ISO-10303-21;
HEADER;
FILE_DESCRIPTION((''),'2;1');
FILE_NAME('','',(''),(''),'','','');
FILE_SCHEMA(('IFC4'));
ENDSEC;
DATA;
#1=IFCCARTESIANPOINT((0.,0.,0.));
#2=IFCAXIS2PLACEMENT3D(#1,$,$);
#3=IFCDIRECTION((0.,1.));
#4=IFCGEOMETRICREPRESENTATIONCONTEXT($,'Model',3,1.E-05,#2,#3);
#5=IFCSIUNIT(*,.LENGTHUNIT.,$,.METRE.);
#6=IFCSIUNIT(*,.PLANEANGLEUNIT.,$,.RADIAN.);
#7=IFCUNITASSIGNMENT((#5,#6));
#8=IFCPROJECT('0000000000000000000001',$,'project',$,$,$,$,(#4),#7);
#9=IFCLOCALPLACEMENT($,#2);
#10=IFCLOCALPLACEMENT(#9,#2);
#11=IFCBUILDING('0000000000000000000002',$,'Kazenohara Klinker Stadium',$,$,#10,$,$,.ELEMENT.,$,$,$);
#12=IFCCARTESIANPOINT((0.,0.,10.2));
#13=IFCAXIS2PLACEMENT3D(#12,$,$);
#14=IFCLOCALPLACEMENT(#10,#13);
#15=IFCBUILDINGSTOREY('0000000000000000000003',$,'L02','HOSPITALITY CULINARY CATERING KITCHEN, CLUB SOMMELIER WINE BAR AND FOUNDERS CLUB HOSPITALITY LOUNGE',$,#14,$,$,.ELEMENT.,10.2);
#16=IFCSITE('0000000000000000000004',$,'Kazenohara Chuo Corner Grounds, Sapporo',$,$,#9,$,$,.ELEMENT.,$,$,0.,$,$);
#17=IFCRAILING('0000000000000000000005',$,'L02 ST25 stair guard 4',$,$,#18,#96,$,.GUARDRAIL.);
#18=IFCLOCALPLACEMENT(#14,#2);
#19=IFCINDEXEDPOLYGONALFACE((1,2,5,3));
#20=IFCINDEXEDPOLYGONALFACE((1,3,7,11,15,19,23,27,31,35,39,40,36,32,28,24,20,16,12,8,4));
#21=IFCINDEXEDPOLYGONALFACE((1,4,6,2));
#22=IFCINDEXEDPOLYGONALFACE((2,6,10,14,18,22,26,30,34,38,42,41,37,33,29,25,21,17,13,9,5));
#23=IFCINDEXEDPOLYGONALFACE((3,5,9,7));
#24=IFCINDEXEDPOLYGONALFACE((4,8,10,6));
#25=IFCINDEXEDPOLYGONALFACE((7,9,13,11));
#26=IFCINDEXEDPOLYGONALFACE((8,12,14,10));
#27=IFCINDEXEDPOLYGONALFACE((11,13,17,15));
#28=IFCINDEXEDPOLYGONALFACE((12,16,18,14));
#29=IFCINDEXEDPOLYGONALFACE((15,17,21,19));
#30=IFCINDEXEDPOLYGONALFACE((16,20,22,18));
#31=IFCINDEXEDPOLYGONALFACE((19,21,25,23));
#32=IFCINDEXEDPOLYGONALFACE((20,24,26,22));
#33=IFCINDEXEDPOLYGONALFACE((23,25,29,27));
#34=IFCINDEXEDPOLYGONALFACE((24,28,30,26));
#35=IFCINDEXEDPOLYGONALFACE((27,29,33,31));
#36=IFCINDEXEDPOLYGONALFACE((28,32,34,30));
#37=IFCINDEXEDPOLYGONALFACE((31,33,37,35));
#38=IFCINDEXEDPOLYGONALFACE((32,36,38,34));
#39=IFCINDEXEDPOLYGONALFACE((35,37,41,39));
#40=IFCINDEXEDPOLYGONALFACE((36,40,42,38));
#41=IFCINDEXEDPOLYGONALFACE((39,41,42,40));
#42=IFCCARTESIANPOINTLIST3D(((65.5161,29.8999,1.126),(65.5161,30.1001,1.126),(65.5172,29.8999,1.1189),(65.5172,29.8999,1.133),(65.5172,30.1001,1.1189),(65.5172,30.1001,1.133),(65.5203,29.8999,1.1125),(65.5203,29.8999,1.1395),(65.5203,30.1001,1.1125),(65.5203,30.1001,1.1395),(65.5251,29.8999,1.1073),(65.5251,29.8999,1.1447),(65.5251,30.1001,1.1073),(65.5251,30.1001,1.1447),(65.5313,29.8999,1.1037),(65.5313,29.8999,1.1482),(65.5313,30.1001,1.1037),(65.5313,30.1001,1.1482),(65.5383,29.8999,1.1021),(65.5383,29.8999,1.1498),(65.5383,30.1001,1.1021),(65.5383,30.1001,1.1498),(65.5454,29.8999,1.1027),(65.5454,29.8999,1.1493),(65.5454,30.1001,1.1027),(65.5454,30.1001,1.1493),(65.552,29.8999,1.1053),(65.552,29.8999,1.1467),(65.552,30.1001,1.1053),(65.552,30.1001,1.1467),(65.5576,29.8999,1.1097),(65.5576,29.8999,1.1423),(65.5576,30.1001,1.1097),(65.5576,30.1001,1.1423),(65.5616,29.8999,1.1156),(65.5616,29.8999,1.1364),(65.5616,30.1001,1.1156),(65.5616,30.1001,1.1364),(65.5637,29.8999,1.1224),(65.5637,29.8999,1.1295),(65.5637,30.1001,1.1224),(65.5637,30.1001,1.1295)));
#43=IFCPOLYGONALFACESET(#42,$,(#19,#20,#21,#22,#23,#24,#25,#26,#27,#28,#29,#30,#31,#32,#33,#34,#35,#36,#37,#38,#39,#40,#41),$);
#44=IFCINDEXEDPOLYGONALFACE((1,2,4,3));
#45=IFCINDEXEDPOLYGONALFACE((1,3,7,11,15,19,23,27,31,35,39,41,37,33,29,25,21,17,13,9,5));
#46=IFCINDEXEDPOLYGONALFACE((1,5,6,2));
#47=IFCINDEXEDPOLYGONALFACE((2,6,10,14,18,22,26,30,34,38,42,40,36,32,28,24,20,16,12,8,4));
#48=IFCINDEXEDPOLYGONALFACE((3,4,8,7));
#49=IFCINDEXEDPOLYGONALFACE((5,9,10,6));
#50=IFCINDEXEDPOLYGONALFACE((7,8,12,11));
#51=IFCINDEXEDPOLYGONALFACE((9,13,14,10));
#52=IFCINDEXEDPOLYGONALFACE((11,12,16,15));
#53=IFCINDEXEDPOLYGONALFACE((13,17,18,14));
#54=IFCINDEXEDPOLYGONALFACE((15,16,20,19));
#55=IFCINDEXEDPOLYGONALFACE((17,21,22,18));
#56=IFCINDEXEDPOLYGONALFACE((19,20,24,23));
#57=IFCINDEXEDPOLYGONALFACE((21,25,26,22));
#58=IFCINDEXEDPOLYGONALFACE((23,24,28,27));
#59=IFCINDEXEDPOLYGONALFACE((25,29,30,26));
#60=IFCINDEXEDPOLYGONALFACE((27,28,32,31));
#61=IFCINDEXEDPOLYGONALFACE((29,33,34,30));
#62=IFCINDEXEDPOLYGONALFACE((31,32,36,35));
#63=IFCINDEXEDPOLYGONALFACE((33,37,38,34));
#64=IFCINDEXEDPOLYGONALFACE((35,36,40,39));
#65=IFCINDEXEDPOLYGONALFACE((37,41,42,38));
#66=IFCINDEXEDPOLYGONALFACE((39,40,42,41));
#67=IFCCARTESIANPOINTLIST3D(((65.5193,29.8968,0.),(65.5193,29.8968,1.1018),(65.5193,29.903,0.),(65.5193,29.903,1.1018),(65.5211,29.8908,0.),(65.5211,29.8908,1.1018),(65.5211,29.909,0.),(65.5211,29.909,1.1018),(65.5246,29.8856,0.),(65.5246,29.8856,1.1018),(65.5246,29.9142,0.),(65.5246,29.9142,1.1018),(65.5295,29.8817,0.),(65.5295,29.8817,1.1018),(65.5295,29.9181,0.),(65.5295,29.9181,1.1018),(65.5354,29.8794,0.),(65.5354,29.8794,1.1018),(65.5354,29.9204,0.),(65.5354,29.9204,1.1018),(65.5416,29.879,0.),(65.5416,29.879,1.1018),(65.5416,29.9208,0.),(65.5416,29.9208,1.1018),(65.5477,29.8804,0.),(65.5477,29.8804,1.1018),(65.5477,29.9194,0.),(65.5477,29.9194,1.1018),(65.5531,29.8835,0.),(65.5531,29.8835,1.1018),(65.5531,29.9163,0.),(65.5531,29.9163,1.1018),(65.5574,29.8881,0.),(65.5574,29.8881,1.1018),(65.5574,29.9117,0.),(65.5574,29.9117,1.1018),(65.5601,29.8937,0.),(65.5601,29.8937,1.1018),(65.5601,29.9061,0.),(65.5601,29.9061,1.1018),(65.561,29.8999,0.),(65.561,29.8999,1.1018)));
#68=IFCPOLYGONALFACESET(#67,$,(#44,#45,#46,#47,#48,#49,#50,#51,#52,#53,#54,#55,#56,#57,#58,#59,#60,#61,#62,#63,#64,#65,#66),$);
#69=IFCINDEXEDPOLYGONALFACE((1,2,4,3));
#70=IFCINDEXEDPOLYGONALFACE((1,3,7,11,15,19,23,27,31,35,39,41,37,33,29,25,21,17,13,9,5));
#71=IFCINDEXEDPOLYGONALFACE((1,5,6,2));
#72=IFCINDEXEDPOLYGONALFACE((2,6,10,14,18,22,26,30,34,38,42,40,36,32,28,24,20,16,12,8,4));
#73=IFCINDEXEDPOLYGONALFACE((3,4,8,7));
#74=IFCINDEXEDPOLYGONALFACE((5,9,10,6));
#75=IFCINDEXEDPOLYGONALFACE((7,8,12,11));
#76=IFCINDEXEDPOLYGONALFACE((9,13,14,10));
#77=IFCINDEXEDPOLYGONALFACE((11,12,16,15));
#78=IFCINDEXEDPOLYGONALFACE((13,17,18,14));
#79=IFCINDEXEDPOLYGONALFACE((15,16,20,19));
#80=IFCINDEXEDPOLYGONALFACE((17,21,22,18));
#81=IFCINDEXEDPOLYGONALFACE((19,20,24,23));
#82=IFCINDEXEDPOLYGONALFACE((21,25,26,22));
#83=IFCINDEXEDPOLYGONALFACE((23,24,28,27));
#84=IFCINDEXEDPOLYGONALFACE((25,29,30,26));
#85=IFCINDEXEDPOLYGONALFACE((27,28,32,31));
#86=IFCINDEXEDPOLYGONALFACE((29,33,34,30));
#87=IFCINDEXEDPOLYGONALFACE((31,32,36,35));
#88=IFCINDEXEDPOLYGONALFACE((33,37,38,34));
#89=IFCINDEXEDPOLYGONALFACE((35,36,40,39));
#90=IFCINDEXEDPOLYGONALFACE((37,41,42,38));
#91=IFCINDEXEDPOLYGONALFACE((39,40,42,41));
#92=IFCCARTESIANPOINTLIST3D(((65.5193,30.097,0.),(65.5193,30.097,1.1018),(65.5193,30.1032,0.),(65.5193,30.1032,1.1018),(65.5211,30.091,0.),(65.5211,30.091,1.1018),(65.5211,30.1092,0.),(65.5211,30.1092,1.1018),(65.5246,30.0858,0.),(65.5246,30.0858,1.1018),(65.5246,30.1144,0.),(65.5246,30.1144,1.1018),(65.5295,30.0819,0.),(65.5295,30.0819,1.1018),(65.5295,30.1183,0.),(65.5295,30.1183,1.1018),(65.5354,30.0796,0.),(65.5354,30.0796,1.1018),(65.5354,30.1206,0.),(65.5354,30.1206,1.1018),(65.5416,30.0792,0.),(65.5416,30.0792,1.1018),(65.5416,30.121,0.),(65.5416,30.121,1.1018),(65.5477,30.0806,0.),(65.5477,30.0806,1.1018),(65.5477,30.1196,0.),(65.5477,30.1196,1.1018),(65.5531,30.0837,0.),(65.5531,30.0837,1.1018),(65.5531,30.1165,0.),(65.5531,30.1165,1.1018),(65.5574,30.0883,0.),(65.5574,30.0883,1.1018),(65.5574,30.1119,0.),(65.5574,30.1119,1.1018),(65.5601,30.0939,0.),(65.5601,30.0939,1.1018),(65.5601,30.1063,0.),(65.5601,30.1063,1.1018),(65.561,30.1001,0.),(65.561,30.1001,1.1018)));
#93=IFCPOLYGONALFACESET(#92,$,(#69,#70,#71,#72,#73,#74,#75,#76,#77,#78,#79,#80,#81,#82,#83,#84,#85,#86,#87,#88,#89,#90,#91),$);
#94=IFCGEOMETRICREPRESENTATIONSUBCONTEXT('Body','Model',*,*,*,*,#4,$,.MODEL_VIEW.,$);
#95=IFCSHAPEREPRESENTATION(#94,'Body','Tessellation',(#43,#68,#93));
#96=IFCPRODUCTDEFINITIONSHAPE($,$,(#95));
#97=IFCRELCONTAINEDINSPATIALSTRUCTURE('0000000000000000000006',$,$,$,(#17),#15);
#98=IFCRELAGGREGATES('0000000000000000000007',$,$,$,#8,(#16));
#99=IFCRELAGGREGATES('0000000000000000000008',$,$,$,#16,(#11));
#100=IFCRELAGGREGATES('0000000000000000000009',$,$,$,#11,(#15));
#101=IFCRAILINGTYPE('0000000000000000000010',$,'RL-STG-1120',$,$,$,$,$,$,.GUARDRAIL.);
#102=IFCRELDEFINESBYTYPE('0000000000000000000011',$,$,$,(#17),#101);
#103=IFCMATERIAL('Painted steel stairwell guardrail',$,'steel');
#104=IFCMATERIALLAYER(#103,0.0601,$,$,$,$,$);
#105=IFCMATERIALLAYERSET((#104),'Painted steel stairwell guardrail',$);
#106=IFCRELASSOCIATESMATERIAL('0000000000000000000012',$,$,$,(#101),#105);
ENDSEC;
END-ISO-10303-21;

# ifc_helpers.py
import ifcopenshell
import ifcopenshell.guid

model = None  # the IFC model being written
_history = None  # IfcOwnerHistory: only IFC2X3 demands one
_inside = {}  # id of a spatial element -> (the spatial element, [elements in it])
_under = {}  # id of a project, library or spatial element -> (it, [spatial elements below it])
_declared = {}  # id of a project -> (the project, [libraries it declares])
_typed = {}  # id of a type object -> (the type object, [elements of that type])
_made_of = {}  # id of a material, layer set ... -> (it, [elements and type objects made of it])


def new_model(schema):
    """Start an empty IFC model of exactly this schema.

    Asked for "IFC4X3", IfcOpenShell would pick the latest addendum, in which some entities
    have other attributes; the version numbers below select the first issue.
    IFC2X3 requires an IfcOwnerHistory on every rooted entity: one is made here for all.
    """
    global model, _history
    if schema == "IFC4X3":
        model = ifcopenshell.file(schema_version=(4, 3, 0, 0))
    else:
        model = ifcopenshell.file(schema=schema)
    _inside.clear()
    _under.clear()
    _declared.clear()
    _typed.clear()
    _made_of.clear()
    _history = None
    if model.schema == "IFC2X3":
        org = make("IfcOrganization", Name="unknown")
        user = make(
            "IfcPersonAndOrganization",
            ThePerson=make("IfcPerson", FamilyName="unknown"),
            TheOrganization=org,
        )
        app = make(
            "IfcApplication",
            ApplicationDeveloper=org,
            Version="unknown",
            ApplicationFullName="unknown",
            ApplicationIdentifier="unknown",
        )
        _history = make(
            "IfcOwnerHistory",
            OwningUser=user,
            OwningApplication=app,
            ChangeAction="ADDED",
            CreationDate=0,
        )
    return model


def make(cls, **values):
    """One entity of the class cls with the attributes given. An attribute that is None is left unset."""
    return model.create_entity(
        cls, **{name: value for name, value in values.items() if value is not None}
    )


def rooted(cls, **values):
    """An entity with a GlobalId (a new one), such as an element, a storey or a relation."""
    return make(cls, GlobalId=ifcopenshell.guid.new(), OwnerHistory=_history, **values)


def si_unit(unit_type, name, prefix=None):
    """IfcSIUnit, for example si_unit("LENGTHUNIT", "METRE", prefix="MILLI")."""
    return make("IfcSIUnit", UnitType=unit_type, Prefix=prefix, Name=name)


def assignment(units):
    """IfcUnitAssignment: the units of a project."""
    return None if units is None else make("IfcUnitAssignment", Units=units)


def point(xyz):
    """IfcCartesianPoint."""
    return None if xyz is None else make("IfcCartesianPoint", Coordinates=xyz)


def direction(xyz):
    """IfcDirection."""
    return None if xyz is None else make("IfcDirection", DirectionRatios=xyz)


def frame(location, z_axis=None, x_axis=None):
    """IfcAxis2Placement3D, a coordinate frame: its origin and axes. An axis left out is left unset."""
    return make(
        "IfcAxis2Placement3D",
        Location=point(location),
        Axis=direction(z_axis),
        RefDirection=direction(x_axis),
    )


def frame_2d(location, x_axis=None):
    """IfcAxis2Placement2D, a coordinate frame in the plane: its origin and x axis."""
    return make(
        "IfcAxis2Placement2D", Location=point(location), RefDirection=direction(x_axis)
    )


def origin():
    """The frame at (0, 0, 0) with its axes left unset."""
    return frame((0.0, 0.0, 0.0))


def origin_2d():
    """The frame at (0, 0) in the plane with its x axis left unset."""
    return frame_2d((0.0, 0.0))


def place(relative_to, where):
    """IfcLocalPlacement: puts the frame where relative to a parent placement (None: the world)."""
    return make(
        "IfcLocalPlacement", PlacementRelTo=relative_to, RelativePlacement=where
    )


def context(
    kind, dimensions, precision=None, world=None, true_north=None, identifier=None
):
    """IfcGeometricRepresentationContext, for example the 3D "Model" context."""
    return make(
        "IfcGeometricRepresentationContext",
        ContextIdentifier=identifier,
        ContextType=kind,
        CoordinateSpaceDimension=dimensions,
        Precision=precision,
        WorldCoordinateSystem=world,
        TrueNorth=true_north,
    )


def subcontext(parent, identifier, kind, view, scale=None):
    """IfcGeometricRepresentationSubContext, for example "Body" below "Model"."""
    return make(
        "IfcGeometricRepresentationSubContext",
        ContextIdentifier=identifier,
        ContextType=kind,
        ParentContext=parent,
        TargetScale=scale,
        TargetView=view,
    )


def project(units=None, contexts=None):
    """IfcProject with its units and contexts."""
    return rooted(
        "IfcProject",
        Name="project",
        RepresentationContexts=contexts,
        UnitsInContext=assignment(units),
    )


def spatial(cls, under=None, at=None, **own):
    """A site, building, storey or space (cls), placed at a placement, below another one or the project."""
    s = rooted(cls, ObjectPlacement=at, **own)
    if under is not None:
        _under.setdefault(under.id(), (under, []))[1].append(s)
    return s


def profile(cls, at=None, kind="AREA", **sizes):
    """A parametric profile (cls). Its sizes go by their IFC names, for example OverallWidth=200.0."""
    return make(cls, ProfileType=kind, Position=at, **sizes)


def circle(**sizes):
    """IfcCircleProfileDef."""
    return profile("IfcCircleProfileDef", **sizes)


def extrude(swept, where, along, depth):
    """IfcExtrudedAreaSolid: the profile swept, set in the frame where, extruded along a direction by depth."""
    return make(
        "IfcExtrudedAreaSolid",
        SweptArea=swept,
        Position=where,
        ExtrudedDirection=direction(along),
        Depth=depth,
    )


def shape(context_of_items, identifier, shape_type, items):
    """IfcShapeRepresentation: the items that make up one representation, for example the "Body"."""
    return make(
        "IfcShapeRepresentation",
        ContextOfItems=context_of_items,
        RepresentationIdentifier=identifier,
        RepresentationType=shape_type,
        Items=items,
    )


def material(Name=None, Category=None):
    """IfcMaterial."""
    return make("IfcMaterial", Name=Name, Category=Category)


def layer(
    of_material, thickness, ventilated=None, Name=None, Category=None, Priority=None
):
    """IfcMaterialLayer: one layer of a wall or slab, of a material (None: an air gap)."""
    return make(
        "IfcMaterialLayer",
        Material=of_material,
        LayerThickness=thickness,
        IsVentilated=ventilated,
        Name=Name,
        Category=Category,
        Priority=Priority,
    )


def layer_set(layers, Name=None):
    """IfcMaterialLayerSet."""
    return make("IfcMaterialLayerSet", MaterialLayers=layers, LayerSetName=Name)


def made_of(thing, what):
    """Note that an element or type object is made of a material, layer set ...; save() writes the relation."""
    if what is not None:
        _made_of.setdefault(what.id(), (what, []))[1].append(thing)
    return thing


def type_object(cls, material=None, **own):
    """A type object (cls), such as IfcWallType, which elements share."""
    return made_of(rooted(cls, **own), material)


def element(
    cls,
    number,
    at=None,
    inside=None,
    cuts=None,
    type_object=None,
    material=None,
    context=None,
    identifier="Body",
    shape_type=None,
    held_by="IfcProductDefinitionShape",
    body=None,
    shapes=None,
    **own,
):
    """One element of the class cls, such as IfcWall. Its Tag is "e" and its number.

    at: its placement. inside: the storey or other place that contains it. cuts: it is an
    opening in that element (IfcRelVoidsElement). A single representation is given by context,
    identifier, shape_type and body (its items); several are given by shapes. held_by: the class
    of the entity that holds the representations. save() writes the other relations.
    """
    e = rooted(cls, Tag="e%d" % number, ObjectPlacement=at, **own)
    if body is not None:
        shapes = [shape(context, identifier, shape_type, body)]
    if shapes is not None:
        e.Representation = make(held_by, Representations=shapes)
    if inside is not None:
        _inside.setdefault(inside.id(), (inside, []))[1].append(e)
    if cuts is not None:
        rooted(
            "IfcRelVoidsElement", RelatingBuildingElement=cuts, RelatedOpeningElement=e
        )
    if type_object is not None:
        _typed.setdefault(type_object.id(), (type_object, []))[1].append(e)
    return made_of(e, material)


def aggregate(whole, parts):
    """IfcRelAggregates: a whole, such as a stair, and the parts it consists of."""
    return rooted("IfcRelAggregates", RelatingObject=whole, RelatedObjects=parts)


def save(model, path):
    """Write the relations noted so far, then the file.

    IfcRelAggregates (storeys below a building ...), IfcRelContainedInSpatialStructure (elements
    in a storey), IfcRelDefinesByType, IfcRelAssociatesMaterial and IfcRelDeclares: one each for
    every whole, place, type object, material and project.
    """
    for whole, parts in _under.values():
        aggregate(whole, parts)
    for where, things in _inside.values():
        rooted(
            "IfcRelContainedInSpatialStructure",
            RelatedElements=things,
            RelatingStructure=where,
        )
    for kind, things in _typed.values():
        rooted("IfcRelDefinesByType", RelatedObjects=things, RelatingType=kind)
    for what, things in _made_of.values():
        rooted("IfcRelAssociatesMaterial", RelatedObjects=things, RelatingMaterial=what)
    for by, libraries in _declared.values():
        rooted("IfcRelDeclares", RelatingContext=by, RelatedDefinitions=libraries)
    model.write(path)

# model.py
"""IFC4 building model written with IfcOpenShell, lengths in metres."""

from ifc_helpers import new_model, si_unit, direction, frame, origin, origin_2d, place, context, subcontext, project, spatial, circle, extrude, material, layer, layer_set, type_object, element, save


model = new_model("IFC4")

# Units and contexts
model_context = context("Model", 3, precision=1e-05, world=origin(), true_north=direction((0.0, 1.0)))
body_context = subcontext(model_context, "Body", "Model", "MODEL_VIEW")
ifc_project = project(units=[si_unit("LENGTHUNIT", "METRE"), si_unit("PLANEANGLEUNIT", "RADIAN")], contexts=[model_context])

# Site, building, storey
site_placement = place(None, origin())
site = spatial("IfcSite", under=ifc_project, at=site_placement, Name="Kazenohara Chuo Corner Grounds, Sapporo", CompositionType="ELEMENT", RefElevation=0.0)
building_placement = place(site_placement, origin())
building = spatial("IfcBuilding", under=site, at=building_placement, Name="Kazenohara Klinker Stadium", CompositionType="ELEMENT")
storey_placement = place(building_placement, frame((0.0, 0.0, 10.2)))
storey = spatial("IfcBuildingStorey", under=building, at=storey_placement, Name="L02", Description="HOSPITALITY CULINARY CATERING KITCHEN, CLUB SOMMELIER WINE BAR AND FOUNDERS CLUB HOSPITALITY LOUNGE", CompositionType="ELEMENT", Elevation=10.2)

# Railing
ifc_material_1 = material(Name="Painted steel stairwell guardrail", Category="steel")
ifc_layer_1 = layer(ifc_material_1, 0.0601)
ifc_layer_set_1 = layer_set([ifc_layer_1], Name="Painted steel stairwell guardrail")
railing_type_1 = type_object("IfcRailingType", Name="RL-STG-1120", PredefinedType="GUARDRAIL", material=ifc_layer_set_1)
railing_1_placement = place(storey_placement, frame((65.54, 29.8999, 0.0)))
element("IfcRailing", 1, at=railing_1_placement, inside=storey, type_object=railing_type_1, Name="L02 ST25 stair guard 4", PredefinedType="GUARDRAIL", context=body_context, shape_type="SweptSolid", body=[
    extrude(circle(Radius=0.0239, at=origin_2d()), frame((0.0, 0.0, 1.126), z_axis=(0.0, 1.0, 0.0), x_axis=(-1.0, 0.0, 0.0)), (0.0, 0.0, 1.0), 0.2002),
    extrude(circle(Radius=0.021, at=origin_2d()), origin(), (0.0, 0.0, 1.0), 1.1018),
    extrude(circle(Radius=0.021, at=origin_2d()), frame((0.0, 0.2002, 0.0)), (0.0, 0.0, 1.0), 1.1018),
])

save(model, "model.ifc")
